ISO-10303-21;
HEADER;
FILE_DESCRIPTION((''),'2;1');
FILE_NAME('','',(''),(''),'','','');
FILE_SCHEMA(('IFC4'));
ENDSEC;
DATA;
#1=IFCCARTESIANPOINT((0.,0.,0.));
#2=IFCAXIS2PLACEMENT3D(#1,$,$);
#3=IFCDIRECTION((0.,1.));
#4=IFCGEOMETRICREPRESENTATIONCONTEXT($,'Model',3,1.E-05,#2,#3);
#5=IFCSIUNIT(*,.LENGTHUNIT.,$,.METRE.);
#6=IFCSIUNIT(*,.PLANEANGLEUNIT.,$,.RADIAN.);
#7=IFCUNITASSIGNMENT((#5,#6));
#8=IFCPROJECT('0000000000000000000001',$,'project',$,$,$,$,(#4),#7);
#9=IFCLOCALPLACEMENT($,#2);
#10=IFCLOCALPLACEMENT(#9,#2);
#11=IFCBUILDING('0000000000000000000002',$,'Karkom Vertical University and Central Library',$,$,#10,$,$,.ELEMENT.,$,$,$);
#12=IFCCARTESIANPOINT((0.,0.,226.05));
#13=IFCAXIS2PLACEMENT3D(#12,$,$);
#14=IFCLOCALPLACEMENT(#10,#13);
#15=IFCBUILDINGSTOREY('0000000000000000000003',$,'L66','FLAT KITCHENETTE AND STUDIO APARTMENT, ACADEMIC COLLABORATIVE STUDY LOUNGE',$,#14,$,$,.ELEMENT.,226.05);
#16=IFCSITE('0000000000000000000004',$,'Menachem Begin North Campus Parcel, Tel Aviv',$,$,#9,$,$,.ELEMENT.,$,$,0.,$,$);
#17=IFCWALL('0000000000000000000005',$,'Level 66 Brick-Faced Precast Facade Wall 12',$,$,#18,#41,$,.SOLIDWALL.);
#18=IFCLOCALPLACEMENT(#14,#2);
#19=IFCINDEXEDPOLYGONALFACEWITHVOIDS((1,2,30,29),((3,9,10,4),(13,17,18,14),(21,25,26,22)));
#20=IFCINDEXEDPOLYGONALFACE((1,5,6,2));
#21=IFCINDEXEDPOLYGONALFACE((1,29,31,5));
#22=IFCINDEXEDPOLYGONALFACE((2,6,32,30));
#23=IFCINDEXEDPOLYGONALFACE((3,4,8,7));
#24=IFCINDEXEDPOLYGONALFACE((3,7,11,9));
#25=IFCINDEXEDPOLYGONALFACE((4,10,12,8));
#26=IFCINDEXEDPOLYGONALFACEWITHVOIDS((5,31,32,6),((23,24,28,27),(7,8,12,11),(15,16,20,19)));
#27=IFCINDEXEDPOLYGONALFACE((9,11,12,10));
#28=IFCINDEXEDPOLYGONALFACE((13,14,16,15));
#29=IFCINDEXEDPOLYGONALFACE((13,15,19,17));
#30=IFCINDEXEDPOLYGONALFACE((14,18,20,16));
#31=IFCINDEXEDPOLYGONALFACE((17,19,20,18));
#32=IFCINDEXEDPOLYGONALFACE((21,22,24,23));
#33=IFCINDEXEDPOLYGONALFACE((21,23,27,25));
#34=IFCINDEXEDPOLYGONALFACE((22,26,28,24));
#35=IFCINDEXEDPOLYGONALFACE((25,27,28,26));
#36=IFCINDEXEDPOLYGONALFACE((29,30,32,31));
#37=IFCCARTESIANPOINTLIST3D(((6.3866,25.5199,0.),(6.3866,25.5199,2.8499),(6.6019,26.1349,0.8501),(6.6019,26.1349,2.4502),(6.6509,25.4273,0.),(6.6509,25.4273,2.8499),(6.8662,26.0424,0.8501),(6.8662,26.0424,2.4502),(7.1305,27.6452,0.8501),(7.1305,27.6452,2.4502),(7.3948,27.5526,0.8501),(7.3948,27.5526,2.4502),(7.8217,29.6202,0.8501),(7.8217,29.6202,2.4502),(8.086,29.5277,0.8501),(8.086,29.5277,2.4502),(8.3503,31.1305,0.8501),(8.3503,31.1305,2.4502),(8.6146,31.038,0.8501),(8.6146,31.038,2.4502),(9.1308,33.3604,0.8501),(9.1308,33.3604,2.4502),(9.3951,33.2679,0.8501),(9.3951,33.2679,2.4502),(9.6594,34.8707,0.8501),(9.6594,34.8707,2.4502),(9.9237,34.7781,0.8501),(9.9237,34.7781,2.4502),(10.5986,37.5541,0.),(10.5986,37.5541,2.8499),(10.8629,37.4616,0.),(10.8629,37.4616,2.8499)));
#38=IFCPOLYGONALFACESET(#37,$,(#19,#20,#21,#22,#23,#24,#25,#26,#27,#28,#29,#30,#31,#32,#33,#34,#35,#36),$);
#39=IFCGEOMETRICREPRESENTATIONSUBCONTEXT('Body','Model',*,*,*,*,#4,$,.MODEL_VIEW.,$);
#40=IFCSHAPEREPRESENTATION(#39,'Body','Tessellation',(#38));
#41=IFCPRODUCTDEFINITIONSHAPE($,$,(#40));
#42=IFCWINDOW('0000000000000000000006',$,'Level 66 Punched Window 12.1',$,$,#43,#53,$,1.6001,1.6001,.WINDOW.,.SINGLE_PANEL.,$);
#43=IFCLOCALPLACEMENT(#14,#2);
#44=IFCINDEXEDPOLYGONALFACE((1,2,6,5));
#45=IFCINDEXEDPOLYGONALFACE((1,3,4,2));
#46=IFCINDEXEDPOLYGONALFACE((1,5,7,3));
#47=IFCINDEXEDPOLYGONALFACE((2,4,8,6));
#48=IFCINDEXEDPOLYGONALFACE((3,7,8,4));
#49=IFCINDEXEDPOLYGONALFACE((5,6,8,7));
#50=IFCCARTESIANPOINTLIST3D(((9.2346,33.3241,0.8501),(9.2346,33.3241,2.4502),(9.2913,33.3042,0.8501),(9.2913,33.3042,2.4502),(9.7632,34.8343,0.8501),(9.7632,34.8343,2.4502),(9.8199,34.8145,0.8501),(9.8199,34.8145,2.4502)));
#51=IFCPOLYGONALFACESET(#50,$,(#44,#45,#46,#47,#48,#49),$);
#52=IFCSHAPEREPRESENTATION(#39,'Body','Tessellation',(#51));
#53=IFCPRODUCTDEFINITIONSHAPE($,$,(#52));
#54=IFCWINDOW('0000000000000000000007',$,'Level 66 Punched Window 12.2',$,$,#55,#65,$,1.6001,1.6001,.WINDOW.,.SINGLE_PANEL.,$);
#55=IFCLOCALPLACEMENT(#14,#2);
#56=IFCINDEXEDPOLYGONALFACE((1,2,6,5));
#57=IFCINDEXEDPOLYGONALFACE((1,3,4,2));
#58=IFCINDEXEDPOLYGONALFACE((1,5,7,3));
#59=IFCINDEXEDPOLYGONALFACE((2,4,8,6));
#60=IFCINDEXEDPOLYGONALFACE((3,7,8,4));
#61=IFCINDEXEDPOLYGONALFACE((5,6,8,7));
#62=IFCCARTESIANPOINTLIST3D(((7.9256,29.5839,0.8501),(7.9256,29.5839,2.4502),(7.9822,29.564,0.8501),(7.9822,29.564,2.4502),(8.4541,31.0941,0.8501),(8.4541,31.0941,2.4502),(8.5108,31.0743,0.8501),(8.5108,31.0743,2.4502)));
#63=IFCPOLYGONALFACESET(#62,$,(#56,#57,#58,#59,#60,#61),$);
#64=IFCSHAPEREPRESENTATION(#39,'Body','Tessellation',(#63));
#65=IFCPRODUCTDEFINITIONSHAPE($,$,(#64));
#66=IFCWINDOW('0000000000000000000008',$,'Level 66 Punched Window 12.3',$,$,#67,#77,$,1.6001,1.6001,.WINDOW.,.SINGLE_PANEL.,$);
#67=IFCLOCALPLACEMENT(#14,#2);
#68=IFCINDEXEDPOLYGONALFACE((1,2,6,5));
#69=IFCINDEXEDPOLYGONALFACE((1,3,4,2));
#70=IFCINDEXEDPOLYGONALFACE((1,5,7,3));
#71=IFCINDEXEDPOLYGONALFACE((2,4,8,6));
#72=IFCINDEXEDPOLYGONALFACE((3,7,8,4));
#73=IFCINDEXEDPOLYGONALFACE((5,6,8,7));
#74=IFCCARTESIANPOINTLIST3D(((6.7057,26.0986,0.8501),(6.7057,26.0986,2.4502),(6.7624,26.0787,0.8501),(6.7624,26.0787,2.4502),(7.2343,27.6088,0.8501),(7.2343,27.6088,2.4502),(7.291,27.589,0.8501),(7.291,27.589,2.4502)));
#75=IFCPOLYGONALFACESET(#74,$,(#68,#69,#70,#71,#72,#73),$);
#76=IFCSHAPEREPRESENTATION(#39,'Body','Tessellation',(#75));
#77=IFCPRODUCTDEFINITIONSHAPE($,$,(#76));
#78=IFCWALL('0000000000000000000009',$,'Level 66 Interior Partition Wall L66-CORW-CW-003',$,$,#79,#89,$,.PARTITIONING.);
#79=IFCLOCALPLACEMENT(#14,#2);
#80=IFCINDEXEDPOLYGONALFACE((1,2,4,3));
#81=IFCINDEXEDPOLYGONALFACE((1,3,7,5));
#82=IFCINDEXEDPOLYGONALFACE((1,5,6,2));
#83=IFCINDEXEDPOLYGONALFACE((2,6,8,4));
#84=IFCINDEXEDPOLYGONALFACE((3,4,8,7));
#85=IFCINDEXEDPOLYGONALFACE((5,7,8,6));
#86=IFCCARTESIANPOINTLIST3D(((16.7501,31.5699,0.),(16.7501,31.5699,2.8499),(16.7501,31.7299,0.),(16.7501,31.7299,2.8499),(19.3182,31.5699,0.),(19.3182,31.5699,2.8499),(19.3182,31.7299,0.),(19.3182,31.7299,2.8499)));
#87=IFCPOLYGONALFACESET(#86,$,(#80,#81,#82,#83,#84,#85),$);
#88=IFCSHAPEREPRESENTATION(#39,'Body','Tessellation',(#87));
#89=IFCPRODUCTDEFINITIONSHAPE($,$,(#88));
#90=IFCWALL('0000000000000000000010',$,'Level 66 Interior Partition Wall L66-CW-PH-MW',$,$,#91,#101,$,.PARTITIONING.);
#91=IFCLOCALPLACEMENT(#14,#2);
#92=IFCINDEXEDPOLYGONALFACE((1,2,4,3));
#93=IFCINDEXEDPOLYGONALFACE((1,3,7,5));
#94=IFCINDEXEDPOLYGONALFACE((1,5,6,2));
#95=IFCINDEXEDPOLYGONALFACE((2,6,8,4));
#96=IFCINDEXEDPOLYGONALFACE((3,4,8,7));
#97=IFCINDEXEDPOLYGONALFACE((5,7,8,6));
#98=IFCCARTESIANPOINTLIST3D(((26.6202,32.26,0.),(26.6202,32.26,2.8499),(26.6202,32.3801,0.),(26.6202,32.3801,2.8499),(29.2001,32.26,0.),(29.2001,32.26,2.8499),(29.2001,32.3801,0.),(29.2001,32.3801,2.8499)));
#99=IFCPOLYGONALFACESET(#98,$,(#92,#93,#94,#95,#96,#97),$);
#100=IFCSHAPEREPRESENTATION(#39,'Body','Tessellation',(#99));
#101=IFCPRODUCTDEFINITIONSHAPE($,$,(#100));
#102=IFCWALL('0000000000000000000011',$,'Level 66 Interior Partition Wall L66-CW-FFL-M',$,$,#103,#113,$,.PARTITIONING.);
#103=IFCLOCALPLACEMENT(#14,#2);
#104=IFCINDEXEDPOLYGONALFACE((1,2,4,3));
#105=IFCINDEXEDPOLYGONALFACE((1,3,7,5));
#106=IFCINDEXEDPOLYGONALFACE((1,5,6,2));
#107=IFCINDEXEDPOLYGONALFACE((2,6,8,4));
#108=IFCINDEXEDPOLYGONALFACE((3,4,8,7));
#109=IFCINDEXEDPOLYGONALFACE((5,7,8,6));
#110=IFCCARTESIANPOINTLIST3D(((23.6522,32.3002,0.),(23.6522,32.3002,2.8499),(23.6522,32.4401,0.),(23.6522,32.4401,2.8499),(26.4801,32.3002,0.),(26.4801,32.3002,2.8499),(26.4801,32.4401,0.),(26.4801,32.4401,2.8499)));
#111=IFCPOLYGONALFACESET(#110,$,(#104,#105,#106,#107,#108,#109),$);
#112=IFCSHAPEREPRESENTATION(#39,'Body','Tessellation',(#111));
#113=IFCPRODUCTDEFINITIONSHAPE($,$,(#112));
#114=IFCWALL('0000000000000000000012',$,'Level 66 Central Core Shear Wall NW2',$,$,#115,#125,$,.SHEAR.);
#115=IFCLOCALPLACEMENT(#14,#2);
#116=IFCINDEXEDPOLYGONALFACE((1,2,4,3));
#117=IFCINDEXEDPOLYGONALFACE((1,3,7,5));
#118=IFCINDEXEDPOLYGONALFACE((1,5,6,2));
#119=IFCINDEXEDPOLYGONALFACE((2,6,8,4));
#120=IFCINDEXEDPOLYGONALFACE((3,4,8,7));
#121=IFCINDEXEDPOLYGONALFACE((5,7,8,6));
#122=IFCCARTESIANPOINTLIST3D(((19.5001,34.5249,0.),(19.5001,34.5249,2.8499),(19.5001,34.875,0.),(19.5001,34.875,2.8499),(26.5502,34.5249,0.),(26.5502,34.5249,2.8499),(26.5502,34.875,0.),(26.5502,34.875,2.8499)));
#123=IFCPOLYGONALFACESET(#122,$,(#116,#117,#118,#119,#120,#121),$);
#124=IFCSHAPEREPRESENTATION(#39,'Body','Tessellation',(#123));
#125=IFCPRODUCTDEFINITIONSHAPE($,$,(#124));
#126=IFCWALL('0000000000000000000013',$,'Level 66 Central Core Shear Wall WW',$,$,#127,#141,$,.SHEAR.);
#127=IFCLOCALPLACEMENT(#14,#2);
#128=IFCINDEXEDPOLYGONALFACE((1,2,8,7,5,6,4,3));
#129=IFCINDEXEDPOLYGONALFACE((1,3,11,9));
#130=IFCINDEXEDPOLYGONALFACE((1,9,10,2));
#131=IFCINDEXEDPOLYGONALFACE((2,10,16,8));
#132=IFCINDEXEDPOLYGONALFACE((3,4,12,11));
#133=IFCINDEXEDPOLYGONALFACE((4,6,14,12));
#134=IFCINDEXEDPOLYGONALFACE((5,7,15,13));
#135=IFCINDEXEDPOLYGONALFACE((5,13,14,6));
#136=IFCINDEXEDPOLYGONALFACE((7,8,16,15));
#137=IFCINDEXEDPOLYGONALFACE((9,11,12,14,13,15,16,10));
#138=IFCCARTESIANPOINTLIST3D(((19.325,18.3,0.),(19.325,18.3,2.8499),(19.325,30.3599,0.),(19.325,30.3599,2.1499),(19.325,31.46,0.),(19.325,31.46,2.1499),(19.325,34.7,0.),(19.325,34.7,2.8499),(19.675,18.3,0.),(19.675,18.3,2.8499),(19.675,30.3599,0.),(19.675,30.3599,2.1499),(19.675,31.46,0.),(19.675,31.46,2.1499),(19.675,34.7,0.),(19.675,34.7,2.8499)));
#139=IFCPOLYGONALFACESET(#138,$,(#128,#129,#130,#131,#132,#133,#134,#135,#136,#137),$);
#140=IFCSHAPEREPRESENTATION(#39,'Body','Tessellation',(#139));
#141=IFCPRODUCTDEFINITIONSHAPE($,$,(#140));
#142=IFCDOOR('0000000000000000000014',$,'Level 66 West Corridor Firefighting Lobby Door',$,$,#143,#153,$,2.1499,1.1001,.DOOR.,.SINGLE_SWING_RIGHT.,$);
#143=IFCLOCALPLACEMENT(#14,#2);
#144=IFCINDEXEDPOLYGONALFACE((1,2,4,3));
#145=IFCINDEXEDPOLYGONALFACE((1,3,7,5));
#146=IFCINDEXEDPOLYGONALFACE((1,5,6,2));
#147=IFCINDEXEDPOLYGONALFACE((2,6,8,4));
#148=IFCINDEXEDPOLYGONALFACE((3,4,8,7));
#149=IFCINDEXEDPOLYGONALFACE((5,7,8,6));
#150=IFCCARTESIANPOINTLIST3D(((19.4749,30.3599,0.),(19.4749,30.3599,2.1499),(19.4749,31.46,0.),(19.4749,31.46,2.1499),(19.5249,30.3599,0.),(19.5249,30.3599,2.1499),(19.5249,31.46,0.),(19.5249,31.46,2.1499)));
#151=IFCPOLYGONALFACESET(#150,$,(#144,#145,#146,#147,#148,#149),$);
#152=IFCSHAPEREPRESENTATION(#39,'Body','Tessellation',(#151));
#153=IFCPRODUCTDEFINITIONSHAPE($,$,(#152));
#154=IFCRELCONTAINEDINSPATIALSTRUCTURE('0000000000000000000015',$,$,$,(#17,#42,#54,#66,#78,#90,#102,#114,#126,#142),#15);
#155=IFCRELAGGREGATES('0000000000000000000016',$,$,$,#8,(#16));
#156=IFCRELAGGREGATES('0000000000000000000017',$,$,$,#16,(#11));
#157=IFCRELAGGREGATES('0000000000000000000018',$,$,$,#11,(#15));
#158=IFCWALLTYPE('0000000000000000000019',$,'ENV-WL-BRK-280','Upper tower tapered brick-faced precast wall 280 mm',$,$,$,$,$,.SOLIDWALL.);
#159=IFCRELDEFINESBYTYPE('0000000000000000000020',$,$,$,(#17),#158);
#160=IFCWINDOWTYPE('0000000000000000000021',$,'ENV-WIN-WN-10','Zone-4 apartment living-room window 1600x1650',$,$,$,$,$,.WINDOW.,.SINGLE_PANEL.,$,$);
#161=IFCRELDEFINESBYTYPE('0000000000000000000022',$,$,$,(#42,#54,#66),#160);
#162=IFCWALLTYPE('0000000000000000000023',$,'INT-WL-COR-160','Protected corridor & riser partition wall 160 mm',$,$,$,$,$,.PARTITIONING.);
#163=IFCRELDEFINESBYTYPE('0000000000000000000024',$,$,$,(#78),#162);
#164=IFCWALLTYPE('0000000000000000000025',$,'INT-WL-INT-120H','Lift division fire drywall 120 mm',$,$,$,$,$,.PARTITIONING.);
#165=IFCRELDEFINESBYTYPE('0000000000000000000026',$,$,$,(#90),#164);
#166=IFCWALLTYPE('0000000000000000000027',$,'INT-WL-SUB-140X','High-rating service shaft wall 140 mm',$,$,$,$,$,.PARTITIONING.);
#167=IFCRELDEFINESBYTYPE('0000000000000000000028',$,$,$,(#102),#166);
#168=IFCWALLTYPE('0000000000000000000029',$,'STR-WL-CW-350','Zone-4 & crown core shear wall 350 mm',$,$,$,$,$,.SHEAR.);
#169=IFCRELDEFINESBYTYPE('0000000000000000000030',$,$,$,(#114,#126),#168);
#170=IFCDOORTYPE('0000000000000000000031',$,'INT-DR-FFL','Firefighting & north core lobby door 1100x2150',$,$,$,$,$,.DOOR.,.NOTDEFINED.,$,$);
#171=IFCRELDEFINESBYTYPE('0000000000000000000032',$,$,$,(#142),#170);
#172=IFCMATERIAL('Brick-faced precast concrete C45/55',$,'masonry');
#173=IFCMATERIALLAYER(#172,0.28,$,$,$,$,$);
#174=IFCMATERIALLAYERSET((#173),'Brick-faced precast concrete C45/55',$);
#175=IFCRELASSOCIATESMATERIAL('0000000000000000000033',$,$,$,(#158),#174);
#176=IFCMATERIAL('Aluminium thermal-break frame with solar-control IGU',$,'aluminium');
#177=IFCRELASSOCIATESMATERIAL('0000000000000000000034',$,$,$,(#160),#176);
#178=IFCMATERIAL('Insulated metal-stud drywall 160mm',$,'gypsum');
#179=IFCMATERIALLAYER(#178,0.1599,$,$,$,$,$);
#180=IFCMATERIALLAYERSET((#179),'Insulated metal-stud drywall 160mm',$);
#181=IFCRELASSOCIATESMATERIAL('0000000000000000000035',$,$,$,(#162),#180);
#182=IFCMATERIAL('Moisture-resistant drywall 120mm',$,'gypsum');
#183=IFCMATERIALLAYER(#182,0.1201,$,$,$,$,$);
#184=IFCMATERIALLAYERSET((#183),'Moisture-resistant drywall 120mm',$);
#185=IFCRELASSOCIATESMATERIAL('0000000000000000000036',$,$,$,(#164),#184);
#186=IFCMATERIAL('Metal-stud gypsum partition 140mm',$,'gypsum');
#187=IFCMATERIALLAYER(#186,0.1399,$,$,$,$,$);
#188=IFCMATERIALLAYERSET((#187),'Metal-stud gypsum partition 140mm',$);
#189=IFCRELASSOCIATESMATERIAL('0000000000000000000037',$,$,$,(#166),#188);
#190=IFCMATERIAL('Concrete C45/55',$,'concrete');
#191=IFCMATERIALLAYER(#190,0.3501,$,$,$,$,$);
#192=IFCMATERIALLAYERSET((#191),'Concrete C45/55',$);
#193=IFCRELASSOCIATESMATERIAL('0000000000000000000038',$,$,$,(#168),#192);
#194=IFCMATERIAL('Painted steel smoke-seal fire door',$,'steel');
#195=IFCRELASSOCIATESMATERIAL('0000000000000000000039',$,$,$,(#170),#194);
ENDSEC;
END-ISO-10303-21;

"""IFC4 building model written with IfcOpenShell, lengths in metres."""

from ifc_helpers import new_model, si_unit, direction, frame, frame_2d, origin, origin_with_axes, place, context, subcontext, project, spatial, rectangle, extrude, source, transform, mapped, material, layer, layer_set, type_object, element, fill, save


model = new_model("IFC4")

# Units and contexts
model_context = context("Model", 3, precision=1e-05, world=origin(), true_north=direction((0.0, 1.0)))
body_context = subcontext(model_context, "Body", "Model", "MODEL_VIEW")
ifc_project = project(units=[si_unit("LENGTHUNIT", "METRE"), si_unit("PLANEANGLEUNIT", "RADIAN")], contexts=[model_context])

# Site, building, storey
site_placement = place(None, origin())
site = spatial("IfcSite", under=ifc_project, at=site_placement, Name="Menachem Begin North Campus Parcel, Tel Aviv", CompositionType="ELEMENT", RefElevation=0.0)
building_placement = place(site_placement, origin())
building = spatial("IfcBuilding", under=site, at=building_placement, Name="Karkom Vertical University and Central Library", CompositionType="ELEMENT")
storey_placement = place(building_placement, frame((0.0, 0.0, 226.05)))
storey = spatial("IfcBuildingStorey", under=building, at=storey_placement, Name="L66", Description="FLAT KITCHENETTE AND STUDIO APARTMENT, ACADEMIC COLLABORATIVE STUDY LOUNGE", CompositionType="ELEMENT", Elevation=226.05)

# Shared definitions
ifc_material_1 = material(Name="Concrete C45/55", Category="concrete")

# Wall, openings, windows
ifc_material_2 = material(Name="Brick-faced precast concrete C45/55", Category="masonry")
ifc_layer_1 = layer(ifc_material_2, 0.28)
ifc_layer_set_1 = layer_set([ifc_layer_1], Name="Brick-faced precast concrete C45/55")
wall_type_1 = type_object("IfcWallType", Name="ENV-WL-BRK-280", Description="Upper tower tapered brick-faced precast wall 280 mm", PredefinedType="SOLIDWALL", material=ifc_layer_set_1)
ifc_material_3 = material(Name="Aluminium thermal-break frame with solar-control IGU", Category="aluminium")
window_type = type_object("IfcWindowType", Name="ENV-WIN-WN-10", Description="Zone-4 apartment living-room window 1600x1650", PartitioningType="SINGLE_PANEL", PredefinedType="WINDOW", material=ifc_material_3)
shared_shape_1 = source(origin_with_axes(), body_context, "Body", "SweptSolid", [
    extrude(rectangle(XDim=1.6001, YDim=1.6001, at=frame_2d((0.8, 0.8))), frame((0.0, 0.03, 0.0), z_axis=(0.0, -1.0, 0.0), x_axis=(1.0, 0.0, 0.0)), (0.0, 0.0, 1.0), 0.0601),
])
wall_1_placement = place(storey_placement, frame((10.7307, 37.5078, 0.0), z_axis=(0.0, 0.0, 1.0), x_axis=(-0.330347, -0.94386, 0.0)))
wall_1 = element("IfcWall", 1, at=wall_1_placement, inside=storey, type_object=wall_type_1, Name="Level 66 Brick-Faced Precast Facade Wall 12", PredefinedType="SOLIDWALL", context=body_context, shape_type="SweptSolid", body=[
    extrude(rectangle(XDim=12.75, YDim=0.28, at=frame_2d((6.375, 0.0))), origin(), (0.0, 0.0, 1.0), 2.8499),
])
opening_1_placement = place(wall_1_placement, frame((2.843, 0.0, 0.8501)))
opening_1 = element("IfcOpeningElement", 2, at=opening_1_placement, cuts=wall_1, PredefinedType="OPENING", context=body_context, shape_type="SweptSolid", body=[
    extrude(rectangle(XDim=1.6001, YDim=1.6001, at=frame_2d((0.8, 0.8))), frame((0.0, 0.1499, 0.0), z_axis=(0.0, -1.0, 0.0), x_axis=(1.0, 0.0, 0.0)), (0.0, 0.0, 1.0), 0.3),
])
opening_2_placement = place(wall_1_placement, frame((6.8057, 0.0, 0.8501)))
opening_2 = element("IfcOpeningElement", 3, at=opening_2_placement, cuts=wall_1, PredefinedType="OPENING", context=body_context, shape_type="SweptSolid", body=[
    extrude(rectangle(XDim=1.6001, YDim=1.6001, at=frame_2d((0.8, 0.8))), frame((0.0, 0.1499, 0.0), z_axis=(0.0, -1.0, 0.0), x_axis=(1.0, 0.0, 0.0)), (0.0, 0.0, 1.0), 0.3),
])
opening_3_placement = place(wall_1_placement, frame((10.4983, 0.0, 0.8501)))
opening_3 = element("IfcOpeningElement", 4, at=opening_3_placement, cuts=wall_1, PredefinedType="OPENING", context=body_context, shape_type="SweptSolid", body=[
    extrude(rectangle(XDim=1.6001, YDim=1.6001, at=frame_2d((0.8, 0.8))), frame((0.0, 0.1499, 0.0), z_axis=(0.0, -1.0, 0.0), x_axis=(1.0, 0.0, 0.0)), (0.0, 0.0, 1.0), 0.3),
])
window_1_placement = place(opening_1_placement, origin())
window_1 = element("IfcWindow", 5, at=window_1_placement, inside=storey, type_object=window_type, Name="Level 66 Punched Window 12.1", OverallHeight=1.6001, OverallWidth=1.6001, PartitioningType="SINGLE_PANEL", PredefinedType="WINDOW", context=body_context, shape_type="MappedRepresentation", body=[
    mapped(shared_shape_1, transform((0.0, 0.0, 0.0), scale=1.0)),
])
fill(opening_1, window_1)
window_2_placement = place(opening_2_placement, origin())
window_2 = element("IfcWindow", 6, at=window_2_placement, inside=storey, type_object=window_type, Name="Level 66 Punched Window 12.2", OverallHeight=1.6001, OverallWidth=1.6001, PartitioningType="SINGLE_PANEL", PredefinedType="WINDOW", context=body_context, shape_type="MappedRepresentation", body=[
    mapped(shared_shape_1, transform((0.0, 0.0, 0.0), scale=1.0)),
])
fill(opening_2, window_2)
window_3_placement = place(opening_3_placement, origin())
window_3 = element("IfcWindow", 7, at=window_3_placement, inside=storey, type_object=window_type, Name="Level 66 Punched Window 12.3", OverallHeight=1.6001, OverallWidth=1.6001, PartitioningType="SINGLE_PANEL", PredefinedType="WINDOW", context=body_context, shape_type="MappedRepresentation", body=[
    mapped(shared_shape_1, transform((0.0, 0.0, 0.0), scale=1.0)),
])
fill(opening_3, window_3)

# Walls
ifc_material_4 = material(Name="Insulated metal-stud drywall 160mm", Category="gypsum")
ifc_layer_2 = layer(ifc_material_4, 0.1599)
ifc_layer_set_2 = layer_set([ifc_layer_2], Name="Insulated metal-stud drywall 160mm")
wall_type_2 = type_object("IfcWallType", Name="INT-WL-COR-160", Description="Protected corridor & riser partition wall 160 mm", PredefinedType="PARTITIONING", material=ifc_layer_set_2)
wall_2_placement = place(storey_placement, frame((16.75, 31.6499, 0.0), z_axis=(0.0, 0.0, 1.0), x_axis=(1.0, 0.0, 0.0)))
element("IfcWall", 8, at=wall_2_placement, inside=storey, type_object=wall_type_2, Name="Level 66 Interior Partition Wall L66-CORW-CW-003", PredefinedType="PARTITIONING", context=body_context, shape_type="SweptSolid", body=[
    extrude(rectangle(XDim=2.5681, YDim=0.1599, at=frame_2d((1.2842, 0.0))), origin(), (0.0, 0.0, 1.0), 2.8499),
])
ifc_material_5 = material(Name="Moisture-resistant drywall 120mm", Category="gypsum")
ifc_layer_3 = layer(ifc_material_5, 0.1201)
ifc_layer_set_3 = layer_set([ifc_layer_3], Name="Moisture-resistant drywall 120mm")
wall_type_3 = type_object("IfcWallType", Name="INT-WL-INT-120H", Description="Lift division fire drywall 120 mm", PredefinedType="PARTITIONING", material=ifc_layer_set_3)
wall_3_placement = place(storey_placement, frame((26.6201, 32.3201, 0.0), z_axis=(0.0, 0.0, 1.0), x_axis=(1.0, 0.0, 0.0)))
element("IfcWall", 9, at=wall_3_placement, inside=storey, type_object=wall_type_3, Name="Level 66 Interior Partition Wall L66-CW-PH-MW", PredefinedType="PARTITIONING", context=body_context, shape_type="SweptSolid", body=[
    extrude(rectangle(XDim=2.5798, YDim=0.1201, at=frame_2d((1.29, 0.0))), origin(), (0.0, 0.0, 1.0), 2.8499),
])
ifc_material_6 = material(Name="Metal-stud gypsum partition 140mm", Category="gypsum")
ifc_layer_4 = layer(ifc_material_6, 0.1399)
ifc_layer_set_4 = layer_set([ifc_layer_4], Name="Metal-stud gypsum partition 140mm")
wall_type_4 = type_object("IfcWallType", Name="INT-WL-SUB-140X", Description="High-rating service shaft wall 140 mm", PredefinedType="PARTITIONING", material=ifc_layer_set_4)
wall_4_placement = place(storey_placement, frame((23.6521, 32.3701, 0.0), z_axis=(0.0, 0.0, 1.0), x_axis=(1.0, 0.0, 0.0)))
element("IfcWall", 10, at=wall_4_placement, inside=storey, type_object=wall_type_4, Name="Level 66 Interior Partition Wall L66-CW-FFL-M", PredefinedType="PARTITIONING", context=body_context, shape_type="SweptSolid", body=[
    extrude(rectangle(XDim=2.8279, YDim=0.1399, at=frame_2d((1.4141, 0.0))), origin(), (0.0, 0.0, 1.0), 2.8499),
])
ifc_layer_5 = layer(ifc_material_1, 0.3501)
ifc_layer_set_5 = layer_set([ifc_layer_5], Name="Concrete C45/55")
wall_type_5 = type_object("IfcWallType", Name="STR-WL-CW-350", Description="Zone-4 & crown core shear wall 350 mm", PredefinedType="SHEAR", material=ifc_layer_set_5)
wall_5_placement = place(storey_placement, frame((26.55, 34.7, 0.0), z_axis=(0.0, 0.0, 1.0), x_axis=(-1.0, 0.0, 0.0)))
element("IfcWall", 11, at=wall_5_placement, inside=storey, type_object=wall_type_5, Name="Level 66 Central Core Shear Wall NW2", PredefinedType="SHEAR", context=body_context, shape_type="SweptSolid", body=[
    extrude(rectangle(XDim=7.05, YDim=0.3501, at=frame_2d((3.5249, 0.0))), origin(), (0.0, 0.0, 1.0), 2.8499),
])

# Wall, opening, door
wall_6_placement = place(storey_placement, frame((19.5, 34.7, 0.0), z_axis=(0.0, 0.0, 1.0), x_axis=(0.0, -1.0, 0.0)))
wall_6 = element("IfcWall", 12, at=wall_6_placement, inside=storey, type_object=wall_type_5, Name="Level 66 Central Core Shear Wall WW", PredefinedType="SHEAR", context=body_context, shape_type="SweptSolid", body=[
    extrude(rectangle(XDim=16.3999, YDim=0.3501, at=frame_2d((8.2, 0.0))), origin(), (0.0, 0.0, 1.0), 2.8499),
])
opening_4_placement = place(wall_6_placement, frame((3.24, 0.0, 0.0)))
opening_4 = element("IfcOpeningElement", 13, at=opening_4_placement, cuts=wall_6, PredefinedType="OPENING", context=body_context, shape_type="SweptSolid", body=[
    extrude(rectangle(XDim=1.1001, YDim=2.1499, at=frame_2d((0.55, 1.075))), frame((0.0, 0.1851, 0.0), z_axis=(0.0, -1.0, 0.0), x_axis=(1.0, 0.0, 0.0)), (0.0, 0.0, 1.0), 0.3701),
])
ifc_material_7 = material(Name="Painted steel smoke-seal fire door", Category="steel")
door_type = type_object("IfcDoorType", Name="INT-DR-FFL", Description="Firefighting & north core lobby door 1100x2150", OperationType="NOTDEFINED", PredefinedType="DOOR", material=ifc_material_7)
shared_shape_2 = source(origin_with_axes(), body_context, "Body", "SweptSolid", [
    extrude(rectangle(XDim=1.1001, YDim=2.1499, at=frame_2d((0.55, 1.075))), frame((0.0, 0.0249, 0.0), z_axis=(0.0, -1.0, 0.0), x_axis=(1.0, 0.0, 0.0)), (0.0, 0.0, 1.0), 0.05),
])
door_placement = place(opening_4_placement, origin())
door = element("IfcDoor", 14, at=door_placement, inside=storey, type_object=door_type, Name="Level 66 West Corridor Firefighting Lobby Door", OperationType="SINGLE_SWING_RIGHT", OverallHeight=2.1499, OverallWidth=1.1001, PredefinedType="DOOR", context=body_context, shape_type="MappedRepresentation", body=[
    mapped(shared_shape_2, transform((0.0, 0.0, 0.0), scale=1.0)),
])
fill(opening_4, door)

save(model, "model.ifc")
